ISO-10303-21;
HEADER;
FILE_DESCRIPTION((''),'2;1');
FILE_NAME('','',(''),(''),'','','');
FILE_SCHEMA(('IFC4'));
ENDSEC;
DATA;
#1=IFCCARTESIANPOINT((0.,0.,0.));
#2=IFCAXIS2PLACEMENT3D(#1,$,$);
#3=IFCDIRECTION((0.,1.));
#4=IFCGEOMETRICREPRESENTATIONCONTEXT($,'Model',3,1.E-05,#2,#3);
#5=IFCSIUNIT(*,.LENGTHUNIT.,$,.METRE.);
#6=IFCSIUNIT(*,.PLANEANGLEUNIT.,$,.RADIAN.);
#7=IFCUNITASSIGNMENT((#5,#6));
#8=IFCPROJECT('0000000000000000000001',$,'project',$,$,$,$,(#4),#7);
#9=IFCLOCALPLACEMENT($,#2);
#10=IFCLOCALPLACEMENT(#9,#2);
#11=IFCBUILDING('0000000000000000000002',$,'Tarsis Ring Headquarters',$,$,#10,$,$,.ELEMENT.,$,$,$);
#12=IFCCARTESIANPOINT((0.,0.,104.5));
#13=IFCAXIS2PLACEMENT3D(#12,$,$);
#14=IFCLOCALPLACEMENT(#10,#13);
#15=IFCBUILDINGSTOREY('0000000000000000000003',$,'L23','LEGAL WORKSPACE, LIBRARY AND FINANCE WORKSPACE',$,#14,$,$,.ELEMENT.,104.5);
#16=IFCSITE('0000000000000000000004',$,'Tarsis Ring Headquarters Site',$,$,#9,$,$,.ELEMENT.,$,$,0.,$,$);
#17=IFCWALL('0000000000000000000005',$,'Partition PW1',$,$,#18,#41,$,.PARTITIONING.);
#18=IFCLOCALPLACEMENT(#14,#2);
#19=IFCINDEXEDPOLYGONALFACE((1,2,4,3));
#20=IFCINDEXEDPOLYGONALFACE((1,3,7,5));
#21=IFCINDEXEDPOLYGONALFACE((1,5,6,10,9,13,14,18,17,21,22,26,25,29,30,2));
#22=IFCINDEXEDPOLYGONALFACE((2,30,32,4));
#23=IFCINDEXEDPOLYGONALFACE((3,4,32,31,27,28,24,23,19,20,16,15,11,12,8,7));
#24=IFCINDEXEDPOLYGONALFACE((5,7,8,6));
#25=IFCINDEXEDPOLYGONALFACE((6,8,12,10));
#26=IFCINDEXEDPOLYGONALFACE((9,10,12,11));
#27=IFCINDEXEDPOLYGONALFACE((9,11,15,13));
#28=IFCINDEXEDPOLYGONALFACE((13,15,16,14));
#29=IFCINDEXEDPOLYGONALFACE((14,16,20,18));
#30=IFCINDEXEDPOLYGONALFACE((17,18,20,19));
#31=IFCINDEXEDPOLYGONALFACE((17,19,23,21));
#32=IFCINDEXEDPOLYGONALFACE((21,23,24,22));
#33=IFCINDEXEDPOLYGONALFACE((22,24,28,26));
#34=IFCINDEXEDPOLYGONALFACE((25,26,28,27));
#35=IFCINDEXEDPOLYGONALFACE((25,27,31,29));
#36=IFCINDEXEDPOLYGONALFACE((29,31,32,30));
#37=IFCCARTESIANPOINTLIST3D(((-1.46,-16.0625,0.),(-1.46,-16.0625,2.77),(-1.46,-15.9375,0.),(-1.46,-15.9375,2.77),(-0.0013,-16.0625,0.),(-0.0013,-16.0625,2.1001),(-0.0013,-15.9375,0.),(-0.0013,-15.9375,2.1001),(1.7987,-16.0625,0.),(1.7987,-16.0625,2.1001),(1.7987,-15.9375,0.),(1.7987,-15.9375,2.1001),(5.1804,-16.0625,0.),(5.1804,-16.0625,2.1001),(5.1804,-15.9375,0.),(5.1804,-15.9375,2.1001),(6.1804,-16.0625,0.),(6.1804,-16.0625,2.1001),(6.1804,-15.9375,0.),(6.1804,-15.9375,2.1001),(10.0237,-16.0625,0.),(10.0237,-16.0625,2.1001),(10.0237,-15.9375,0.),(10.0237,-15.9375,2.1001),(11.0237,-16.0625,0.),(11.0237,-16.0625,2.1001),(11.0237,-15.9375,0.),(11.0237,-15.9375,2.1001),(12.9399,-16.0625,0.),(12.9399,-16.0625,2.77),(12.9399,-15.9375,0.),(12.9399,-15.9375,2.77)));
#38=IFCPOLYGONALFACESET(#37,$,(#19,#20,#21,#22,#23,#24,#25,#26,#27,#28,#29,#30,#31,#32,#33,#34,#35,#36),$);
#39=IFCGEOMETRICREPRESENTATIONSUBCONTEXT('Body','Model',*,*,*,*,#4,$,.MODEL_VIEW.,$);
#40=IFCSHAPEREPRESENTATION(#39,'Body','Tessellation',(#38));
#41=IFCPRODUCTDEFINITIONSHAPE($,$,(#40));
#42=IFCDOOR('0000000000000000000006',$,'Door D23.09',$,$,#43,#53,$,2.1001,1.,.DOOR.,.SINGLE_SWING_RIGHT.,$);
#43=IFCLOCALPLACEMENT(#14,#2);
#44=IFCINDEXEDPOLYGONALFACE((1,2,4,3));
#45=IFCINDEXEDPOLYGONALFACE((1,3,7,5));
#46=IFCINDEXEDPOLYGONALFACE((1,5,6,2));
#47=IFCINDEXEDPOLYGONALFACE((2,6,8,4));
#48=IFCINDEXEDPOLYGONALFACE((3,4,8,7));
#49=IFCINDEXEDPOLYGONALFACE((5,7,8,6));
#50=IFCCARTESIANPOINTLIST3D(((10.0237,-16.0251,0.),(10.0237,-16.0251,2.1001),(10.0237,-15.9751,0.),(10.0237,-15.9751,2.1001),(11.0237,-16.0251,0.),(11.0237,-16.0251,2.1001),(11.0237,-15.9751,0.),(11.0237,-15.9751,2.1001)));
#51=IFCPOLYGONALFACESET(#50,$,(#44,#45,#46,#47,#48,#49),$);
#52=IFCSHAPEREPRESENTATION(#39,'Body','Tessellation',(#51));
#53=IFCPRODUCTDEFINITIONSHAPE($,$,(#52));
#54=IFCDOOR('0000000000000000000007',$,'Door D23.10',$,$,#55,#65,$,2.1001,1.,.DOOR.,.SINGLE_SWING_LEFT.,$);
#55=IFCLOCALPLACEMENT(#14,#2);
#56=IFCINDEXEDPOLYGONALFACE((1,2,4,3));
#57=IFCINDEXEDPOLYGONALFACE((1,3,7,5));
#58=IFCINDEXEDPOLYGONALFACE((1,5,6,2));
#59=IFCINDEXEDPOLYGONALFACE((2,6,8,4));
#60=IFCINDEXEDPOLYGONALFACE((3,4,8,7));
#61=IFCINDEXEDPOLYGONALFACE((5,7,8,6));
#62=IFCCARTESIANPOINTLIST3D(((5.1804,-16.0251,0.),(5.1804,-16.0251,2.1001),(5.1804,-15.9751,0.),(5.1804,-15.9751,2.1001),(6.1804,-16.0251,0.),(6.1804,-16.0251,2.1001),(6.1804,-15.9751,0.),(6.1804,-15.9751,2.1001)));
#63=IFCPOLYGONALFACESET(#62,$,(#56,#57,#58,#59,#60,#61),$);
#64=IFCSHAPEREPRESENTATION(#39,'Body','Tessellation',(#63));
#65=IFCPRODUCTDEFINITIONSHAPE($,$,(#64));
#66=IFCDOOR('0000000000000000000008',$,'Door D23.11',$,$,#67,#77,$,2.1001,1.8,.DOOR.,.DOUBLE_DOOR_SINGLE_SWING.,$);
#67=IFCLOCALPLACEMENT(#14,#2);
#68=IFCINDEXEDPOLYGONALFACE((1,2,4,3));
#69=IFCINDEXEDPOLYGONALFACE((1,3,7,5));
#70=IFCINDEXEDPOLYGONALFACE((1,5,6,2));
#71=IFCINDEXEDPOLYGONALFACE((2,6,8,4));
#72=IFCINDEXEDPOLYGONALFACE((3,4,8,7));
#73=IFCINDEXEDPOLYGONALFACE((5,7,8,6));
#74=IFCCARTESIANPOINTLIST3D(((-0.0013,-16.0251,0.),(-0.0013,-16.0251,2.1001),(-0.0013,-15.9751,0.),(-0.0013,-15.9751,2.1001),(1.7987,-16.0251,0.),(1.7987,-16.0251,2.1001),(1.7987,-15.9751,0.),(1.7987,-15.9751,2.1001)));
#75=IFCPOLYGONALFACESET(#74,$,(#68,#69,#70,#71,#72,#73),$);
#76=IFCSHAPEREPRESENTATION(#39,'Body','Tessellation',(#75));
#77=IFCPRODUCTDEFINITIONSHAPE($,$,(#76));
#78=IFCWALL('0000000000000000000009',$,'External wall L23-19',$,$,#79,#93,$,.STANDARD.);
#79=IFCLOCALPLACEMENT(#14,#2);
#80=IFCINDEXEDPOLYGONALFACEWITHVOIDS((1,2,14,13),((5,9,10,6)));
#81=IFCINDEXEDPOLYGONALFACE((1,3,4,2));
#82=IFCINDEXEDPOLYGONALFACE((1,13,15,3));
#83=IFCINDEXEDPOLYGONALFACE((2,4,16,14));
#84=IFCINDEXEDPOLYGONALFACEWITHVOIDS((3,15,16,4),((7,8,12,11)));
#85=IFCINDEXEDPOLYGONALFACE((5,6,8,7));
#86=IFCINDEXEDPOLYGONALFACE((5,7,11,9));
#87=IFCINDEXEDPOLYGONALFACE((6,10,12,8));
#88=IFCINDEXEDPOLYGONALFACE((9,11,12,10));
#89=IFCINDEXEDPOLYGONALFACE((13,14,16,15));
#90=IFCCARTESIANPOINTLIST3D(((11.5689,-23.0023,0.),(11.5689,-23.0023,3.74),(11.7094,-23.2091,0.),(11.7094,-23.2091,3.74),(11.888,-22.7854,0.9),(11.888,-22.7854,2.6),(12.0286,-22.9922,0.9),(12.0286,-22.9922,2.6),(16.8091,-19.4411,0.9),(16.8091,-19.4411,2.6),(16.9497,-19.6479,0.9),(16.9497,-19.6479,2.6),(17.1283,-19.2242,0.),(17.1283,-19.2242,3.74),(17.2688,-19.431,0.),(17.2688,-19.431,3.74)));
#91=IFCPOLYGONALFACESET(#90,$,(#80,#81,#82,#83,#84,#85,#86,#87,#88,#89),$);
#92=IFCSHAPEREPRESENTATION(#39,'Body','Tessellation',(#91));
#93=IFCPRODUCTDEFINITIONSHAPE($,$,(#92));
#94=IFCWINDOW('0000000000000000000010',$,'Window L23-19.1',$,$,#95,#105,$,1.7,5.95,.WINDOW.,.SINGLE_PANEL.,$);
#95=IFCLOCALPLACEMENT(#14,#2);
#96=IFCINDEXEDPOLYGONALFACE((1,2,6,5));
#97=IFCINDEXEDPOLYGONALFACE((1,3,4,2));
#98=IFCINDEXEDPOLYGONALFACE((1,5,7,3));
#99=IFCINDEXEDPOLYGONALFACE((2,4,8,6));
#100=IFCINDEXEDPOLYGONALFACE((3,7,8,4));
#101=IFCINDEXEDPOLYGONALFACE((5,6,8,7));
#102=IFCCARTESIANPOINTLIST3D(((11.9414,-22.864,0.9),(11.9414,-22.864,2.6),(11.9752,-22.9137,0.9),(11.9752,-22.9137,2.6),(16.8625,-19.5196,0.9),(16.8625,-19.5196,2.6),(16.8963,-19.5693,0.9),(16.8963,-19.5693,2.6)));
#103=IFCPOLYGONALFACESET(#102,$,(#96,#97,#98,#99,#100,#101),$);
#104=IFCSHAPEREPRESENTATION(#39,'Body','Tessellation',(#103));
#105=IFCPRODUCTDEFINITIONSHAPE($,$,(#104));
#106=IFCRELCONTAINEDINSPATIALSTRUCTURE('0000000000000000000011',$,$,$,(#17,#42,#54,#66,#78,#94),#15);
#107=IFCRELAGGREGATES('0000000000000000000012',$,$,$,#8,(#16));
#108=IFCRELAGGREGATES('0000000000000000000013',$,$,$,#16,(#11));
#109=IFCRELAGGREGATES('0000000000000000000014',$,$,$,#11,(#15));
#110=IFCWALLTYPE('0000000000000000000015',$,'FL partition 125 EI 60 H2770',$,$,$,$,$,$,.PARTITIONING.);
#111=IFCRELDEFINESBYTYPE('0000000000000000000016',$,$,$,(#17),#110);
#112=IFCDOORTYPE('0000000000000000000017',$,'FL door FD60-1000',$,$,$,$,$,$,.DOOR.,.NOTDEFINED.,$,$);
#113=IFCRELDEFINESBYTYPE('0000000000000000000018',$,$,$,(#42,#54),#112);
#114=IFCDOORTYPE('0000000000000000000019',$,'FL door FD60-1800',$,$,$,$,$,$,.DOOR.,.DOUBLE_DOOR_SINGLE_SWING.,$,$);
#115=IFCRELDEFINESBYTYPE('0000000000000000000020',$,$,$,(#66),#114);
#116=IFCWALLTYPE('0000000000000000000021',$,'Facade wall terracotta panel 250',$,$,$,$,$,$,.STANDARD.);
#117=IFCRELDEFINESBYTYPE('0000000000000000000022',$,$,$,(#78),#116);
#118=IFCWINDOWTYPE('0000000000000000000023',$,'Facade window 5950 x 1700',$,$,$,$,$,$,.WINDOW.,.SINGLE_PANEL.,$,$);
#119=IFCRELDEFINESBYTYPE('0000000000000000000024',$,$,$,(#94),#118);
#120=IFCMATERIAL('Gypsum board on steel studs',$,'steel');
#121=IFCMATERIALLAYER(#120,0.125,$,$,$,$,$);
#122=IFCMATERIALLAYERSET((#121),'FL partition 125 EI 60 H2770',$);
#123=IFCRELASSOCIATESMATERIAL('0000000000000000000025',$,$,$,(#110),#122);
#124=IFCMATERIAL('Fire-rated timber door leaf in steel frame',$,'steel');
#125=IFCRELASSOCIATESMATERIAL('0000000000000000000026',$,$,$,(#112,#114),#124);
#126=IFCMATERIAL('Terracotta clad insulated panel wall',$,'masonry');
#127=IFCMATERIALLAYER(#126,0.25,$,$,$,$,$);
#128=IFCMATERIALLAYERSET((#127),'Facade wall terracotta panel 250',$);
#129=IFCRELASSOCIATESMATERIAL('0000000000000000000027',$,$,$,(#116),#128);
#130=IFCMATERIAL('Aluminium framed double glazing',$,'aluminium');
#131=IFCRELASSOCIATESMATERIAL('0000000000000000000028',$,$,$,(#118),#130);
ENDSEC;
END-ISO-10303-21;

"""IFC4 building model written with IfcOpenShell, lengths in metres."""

from ifc_helpers import new_model, si_unit, direction, frame, frame_2d, origin, place, context, subcontext, project, spatial, rectangle, extrude, material, layer, layer_set, type_object, element, fill, save


model = new_model("IFC4")

# Units and contexts
model_context = context("Model", 3, precision=1e-05, world=origin(), true_north=direction((0.0, 1.0)))
body_context = subcontext(model_context, "Body", "Model", "MODEL_VIEW")
ifc_project = project(units=[si_unit("LENGTHUNIT", "METRE"), si_unit("PLANEANGLEUNIT", "RADIAN")], contexts=[model_context])

# Site, building, storey
site_placement = place(None, origin())
site = spatial("IfcSite", under=ifc_project, at=site_placement, Name="Tarsis Ring Headquarters Site", CompositionType="ELEMENT", RefElevation=0.0)
building_placement = place(site_placement, origin())
building = spatial("IfcBuilding", under=site, at=building_placement, Name="Tarsis Ring Headquarters", CompositionType="ELEMENT")
storey_placement = place(building_placement, frame((0.0, 0.0, 104.5)))
storey = spatial("IfcBuildingStorey", under=building, at=storey_placement, Name="L23", Description="LEGAL WORKSPACE, LIBRARY AND FINANCE WORKSPACE", CompositionType="ELEMENT", Elevation=104.5)

# Shared definitions
ifc_material_1 = material(Name="Gypsum board on steel studs", Category="steel")

# Wall, openings, doors
ifc_layer_1 = layer(ifc_material_1, 0.125)
ifc_layer_set_1 = layer_set([ifc_layer_1], Name="FL partition 125 EI 60 H2770")
wall_type_1 = type_object("IfcWallType", Name="FL partition 125 EI 60 H2770", PredefinedType="PARTITIONING", material=ifc_layer_set_1)
wall_1_placement = place(storey_placement, frame((-1.46, -16.0, 0.0), z_axis=(0.0, 0.0, 1.0), x_axis=(1.0, 0.0, 0.0)))
wall_1 = element("IfcWall", 1, at=wall_1_placement, inside=storey, type_object=wall_type_1, Name="Partition PW1", PredefinedType="PARTITIONING", context=body_context, shape_type="SweptSolid", body=[
    extrude(rectangle(XDim=14.3999, YDim=0.125, at=frame_2d((7.2, 0.0))), origin(), (0.0, 0.0, 1.0), 2.77),
])
opening_1_placement = place(wall_1_placement, frame((11.4836, 0.0, 0.0)))
opening_1 = element("IfcOpeningElement", 2, at=opening_1_placement, cuts=wall_1, PredefinedType="OPENING", context=body_context, shape_type="SweptSolid", body=[
    extrude(rectangle(XDim=1.0, YDim=2.1001, at=frame_2d((0.5, 1.05))), frame((0.0, 0.0725, 0.0), z_axis=(0.0, -1.0, 0.0), x_axis=(1.0, 0.0, 0.0)), (0.0, 0.0, 1.0), 0.145),
])
opening_2_placement = place(wall_1_placement, frame((6.6404, 0.0, 0.0)))
opening_2 = element("IfcOpeningElement", 3, at=opening_2_placement, cuts=wall_1, PredefinedType="OPENING", context=body_context, shape_type="SweptSolid", body=[
    extrude(rectangle(XDim=1.0, YDim=2.1001, at=frame_2d((0.5, 1.05))), frame((0.0, 0.0725, 0.0), z_axis=(0.0, -1.0, 0.0), x_axis=(1.0, 0.0, 0.0)), (0.0, 0.0, 1.0), 0.145),
])
opening_3_placement = place(wall_1_placement, frame((1.4587, 0.0, 0.0)))
opening_3 = element("IfcOpeningElement", 4, at=opening_3_placement, cuts=wall_1, PredefinedType="OPENING", context=body_context, shape_type="SweptSolid", body=[
    extrude(rectangle(XDim=1.8, YDim=2.1001, at=frame_2d((0.8999, 1.05))), frame((0.0, 0.0725, 0.0), z_axis=(0.0, -1.0, 0.0), x_axis=(1.0, 0.0, 0.0)), (0.0, 0.0, 1.0), 0.145),
])
ifc_material_2 = material(Name="Fire-rated timber door leaf in steel frame", Category="steel")
door_type_1 = type_object("IfcDoorType", Name="FL door FD60-1000", OperationType="NOTDEFINED", PredefinedType="DOOR", material=ifc_material_2)
door_1_placement = place(opening_1_placement, origin())
door_1 = element("IfcDoor", 5, at=door_1_placement, inside=storey, type_object=door_type_1, Name="Door D23.09", OperationType="SINGLE_SWING_RIGHT", OverallHeight=2.1001, OverallWidth=1.0, PredefinedType="DOOR", context=body_context, shape_type="SweptSolid", body=[
    extrude(rectangle(XDim=1.0, YDim=2.1001, at=frame_2d((0.5, 1.05))), frame((0.0, 0.0249, 0.0), z_axis=(0.0, -1.0, 0.0), x_axis=(1.0, 0.0, 0.0)), (0.0, 0.0, 1.0), 0.05),
])
fill(opening_1, door_1)
door_2_placement = place(opening_2_placement, origin())
door_2 = element("IfcDoor", 6, at=door_2_placement, inside=storey, type_object=door_type_1, Name="Door D23.10", OperationType="SINGLE_SWING_LEFT", OverallHeight=2.1001, OverallWidth=1.0, PredefinedType="DOOR", context=body_context, shape_type="SweptSolid", body=[
    extrude(rectangle(XDim=1.0, YDim=2.1001, at=frame_2d((0.5, 1.05))), frame((0.0, 0.0249, 0.0), z_axis=(0.0, -1.0, 0.0), x_axis=(1.0, 0.0, 0.0)), (0.0, 0.0, 1.0), 0.05),
])
fill(opening_2, door_2)
door_type_2 = type_object("IfcDoorType", Name="FL door FD60-1800", OperationType="DOUBLE_DOOR_SINGLE_SWING", PredefinedType="DOOR", material=ifc_material_2)
door_3_placement = place(opening_3_placement, origin())
door_3 = element("IfcDoor", 7, at=door_3_placement, inside=storey, type_object=door_type_2, Name="Door D23.11", OperationType="DOUBLE_DOOR_SINGLE_SWING", OverallHeight=2.1001, OverallWidth=1.8, PredefinedType="DOOR", context=body_context, shape_type="SweptSolid", body=[
    extrude(rectangle(XDim=1.8, YDim=2.1001, at=frame_2d((0.8999, 1.05))), frame((0.0, 0.0249, 0.0), z_axis=(0.0, -1.0, 0.0), x_axis=(1.0, 0.0, 0.0)), (0.0, 0.0, 1.0), 0.05),
])
fill(opening_3, door_3)

# Wall, opening, window
ifc_material_3 = material(Name="Terracotta clad insulated panel wall", Category="masonry")
ifc_layer_2 = layer(ifc_material_3, 0.25)
ifc_layer_set_2 = layer_set([ifc_layer_2], Name="Facade wall terracotta panel 250")
wall_type_2 = type_object("IfcWallType", Name="Facade wall terracotta panel 250", PredefinedType="STANDARD", material=ifc_layer_set_2)
wall_2_placement = place(storey_placement, frame((11.6392, -23.1057, 0.0), z_axis=(0.0, 0.0, 1.0), x_axis=(0.827083, 0.56208, 0.0)))
wall_2 = element("IfcWall", 8, at=wall_2_placement, inside=storey, type_object=wall_type_2, Name="External wall L23-19", PredefinedType="STANDARD", context=body_context, shape_type="SweptSolid", body=[
    extrude(rectangle(XDim=6.7217, YDim=0.25, at=frame_2d((3.3608, 0.0))), origin(), (0.0, 0.0, 1.0), 3.74),
])
opening_4_placement = place(wall_2_placement, frame((0.3857, 0.0, 0.8999)))
opening_4 = element("IfcOpeningElement", 9, at=opening_4_placement, cuts=wall_2, PredefinedType="OPENING", context=body_context, shape_type="SweptSolid", body=[
    extrude(rectangle(XDim=5.95, YDim=1.7, at=frame_2d((2.9751, 0.8501))), frame((0.0, 0.135, 0.0), z_axis=(0.0, -1.0, 0.0), x_axis=(1.0, 0.0, 0.0)), (0.0, 0.0, 1.0), 0.27),
])
ifc_material_4 = material(Name="Aluminium framed double glazing", Category="aluminium")
window_type = type_object("IfcWindowType", Name="Facade window 5950 x 1700", PartitioningType="SINGLE_PANEL", PredefinedType="WINDOW", material=ifc_material_4)
window_placement = place(opening_4_placement, origin())
window = element("IfcWindow", 10, at=window_placement, inside=storey, type_object=window_type, Name="Window L23-19.1", OverallHeight=1.7, OverallWidth=5.95, PartitioningType="SINGLE_PANEL", PredefinedType="WINDOW", context=body_context, shape_type="SweptSolid", body=[
    extrude(rectangle(XDim=5.95, YDim=1.7, at=frame_2d((2.9751, 0.8501))), frame((0.0, 0.03, 0.0), z_axis=(0.0, -1.0, 0.0), x_axis=(1.0, 0.0, 0.0)), (0.0, 0.0, 1.0), 0.0601),
])
fill(opening_4, window)

save(model, "model.ifc")
